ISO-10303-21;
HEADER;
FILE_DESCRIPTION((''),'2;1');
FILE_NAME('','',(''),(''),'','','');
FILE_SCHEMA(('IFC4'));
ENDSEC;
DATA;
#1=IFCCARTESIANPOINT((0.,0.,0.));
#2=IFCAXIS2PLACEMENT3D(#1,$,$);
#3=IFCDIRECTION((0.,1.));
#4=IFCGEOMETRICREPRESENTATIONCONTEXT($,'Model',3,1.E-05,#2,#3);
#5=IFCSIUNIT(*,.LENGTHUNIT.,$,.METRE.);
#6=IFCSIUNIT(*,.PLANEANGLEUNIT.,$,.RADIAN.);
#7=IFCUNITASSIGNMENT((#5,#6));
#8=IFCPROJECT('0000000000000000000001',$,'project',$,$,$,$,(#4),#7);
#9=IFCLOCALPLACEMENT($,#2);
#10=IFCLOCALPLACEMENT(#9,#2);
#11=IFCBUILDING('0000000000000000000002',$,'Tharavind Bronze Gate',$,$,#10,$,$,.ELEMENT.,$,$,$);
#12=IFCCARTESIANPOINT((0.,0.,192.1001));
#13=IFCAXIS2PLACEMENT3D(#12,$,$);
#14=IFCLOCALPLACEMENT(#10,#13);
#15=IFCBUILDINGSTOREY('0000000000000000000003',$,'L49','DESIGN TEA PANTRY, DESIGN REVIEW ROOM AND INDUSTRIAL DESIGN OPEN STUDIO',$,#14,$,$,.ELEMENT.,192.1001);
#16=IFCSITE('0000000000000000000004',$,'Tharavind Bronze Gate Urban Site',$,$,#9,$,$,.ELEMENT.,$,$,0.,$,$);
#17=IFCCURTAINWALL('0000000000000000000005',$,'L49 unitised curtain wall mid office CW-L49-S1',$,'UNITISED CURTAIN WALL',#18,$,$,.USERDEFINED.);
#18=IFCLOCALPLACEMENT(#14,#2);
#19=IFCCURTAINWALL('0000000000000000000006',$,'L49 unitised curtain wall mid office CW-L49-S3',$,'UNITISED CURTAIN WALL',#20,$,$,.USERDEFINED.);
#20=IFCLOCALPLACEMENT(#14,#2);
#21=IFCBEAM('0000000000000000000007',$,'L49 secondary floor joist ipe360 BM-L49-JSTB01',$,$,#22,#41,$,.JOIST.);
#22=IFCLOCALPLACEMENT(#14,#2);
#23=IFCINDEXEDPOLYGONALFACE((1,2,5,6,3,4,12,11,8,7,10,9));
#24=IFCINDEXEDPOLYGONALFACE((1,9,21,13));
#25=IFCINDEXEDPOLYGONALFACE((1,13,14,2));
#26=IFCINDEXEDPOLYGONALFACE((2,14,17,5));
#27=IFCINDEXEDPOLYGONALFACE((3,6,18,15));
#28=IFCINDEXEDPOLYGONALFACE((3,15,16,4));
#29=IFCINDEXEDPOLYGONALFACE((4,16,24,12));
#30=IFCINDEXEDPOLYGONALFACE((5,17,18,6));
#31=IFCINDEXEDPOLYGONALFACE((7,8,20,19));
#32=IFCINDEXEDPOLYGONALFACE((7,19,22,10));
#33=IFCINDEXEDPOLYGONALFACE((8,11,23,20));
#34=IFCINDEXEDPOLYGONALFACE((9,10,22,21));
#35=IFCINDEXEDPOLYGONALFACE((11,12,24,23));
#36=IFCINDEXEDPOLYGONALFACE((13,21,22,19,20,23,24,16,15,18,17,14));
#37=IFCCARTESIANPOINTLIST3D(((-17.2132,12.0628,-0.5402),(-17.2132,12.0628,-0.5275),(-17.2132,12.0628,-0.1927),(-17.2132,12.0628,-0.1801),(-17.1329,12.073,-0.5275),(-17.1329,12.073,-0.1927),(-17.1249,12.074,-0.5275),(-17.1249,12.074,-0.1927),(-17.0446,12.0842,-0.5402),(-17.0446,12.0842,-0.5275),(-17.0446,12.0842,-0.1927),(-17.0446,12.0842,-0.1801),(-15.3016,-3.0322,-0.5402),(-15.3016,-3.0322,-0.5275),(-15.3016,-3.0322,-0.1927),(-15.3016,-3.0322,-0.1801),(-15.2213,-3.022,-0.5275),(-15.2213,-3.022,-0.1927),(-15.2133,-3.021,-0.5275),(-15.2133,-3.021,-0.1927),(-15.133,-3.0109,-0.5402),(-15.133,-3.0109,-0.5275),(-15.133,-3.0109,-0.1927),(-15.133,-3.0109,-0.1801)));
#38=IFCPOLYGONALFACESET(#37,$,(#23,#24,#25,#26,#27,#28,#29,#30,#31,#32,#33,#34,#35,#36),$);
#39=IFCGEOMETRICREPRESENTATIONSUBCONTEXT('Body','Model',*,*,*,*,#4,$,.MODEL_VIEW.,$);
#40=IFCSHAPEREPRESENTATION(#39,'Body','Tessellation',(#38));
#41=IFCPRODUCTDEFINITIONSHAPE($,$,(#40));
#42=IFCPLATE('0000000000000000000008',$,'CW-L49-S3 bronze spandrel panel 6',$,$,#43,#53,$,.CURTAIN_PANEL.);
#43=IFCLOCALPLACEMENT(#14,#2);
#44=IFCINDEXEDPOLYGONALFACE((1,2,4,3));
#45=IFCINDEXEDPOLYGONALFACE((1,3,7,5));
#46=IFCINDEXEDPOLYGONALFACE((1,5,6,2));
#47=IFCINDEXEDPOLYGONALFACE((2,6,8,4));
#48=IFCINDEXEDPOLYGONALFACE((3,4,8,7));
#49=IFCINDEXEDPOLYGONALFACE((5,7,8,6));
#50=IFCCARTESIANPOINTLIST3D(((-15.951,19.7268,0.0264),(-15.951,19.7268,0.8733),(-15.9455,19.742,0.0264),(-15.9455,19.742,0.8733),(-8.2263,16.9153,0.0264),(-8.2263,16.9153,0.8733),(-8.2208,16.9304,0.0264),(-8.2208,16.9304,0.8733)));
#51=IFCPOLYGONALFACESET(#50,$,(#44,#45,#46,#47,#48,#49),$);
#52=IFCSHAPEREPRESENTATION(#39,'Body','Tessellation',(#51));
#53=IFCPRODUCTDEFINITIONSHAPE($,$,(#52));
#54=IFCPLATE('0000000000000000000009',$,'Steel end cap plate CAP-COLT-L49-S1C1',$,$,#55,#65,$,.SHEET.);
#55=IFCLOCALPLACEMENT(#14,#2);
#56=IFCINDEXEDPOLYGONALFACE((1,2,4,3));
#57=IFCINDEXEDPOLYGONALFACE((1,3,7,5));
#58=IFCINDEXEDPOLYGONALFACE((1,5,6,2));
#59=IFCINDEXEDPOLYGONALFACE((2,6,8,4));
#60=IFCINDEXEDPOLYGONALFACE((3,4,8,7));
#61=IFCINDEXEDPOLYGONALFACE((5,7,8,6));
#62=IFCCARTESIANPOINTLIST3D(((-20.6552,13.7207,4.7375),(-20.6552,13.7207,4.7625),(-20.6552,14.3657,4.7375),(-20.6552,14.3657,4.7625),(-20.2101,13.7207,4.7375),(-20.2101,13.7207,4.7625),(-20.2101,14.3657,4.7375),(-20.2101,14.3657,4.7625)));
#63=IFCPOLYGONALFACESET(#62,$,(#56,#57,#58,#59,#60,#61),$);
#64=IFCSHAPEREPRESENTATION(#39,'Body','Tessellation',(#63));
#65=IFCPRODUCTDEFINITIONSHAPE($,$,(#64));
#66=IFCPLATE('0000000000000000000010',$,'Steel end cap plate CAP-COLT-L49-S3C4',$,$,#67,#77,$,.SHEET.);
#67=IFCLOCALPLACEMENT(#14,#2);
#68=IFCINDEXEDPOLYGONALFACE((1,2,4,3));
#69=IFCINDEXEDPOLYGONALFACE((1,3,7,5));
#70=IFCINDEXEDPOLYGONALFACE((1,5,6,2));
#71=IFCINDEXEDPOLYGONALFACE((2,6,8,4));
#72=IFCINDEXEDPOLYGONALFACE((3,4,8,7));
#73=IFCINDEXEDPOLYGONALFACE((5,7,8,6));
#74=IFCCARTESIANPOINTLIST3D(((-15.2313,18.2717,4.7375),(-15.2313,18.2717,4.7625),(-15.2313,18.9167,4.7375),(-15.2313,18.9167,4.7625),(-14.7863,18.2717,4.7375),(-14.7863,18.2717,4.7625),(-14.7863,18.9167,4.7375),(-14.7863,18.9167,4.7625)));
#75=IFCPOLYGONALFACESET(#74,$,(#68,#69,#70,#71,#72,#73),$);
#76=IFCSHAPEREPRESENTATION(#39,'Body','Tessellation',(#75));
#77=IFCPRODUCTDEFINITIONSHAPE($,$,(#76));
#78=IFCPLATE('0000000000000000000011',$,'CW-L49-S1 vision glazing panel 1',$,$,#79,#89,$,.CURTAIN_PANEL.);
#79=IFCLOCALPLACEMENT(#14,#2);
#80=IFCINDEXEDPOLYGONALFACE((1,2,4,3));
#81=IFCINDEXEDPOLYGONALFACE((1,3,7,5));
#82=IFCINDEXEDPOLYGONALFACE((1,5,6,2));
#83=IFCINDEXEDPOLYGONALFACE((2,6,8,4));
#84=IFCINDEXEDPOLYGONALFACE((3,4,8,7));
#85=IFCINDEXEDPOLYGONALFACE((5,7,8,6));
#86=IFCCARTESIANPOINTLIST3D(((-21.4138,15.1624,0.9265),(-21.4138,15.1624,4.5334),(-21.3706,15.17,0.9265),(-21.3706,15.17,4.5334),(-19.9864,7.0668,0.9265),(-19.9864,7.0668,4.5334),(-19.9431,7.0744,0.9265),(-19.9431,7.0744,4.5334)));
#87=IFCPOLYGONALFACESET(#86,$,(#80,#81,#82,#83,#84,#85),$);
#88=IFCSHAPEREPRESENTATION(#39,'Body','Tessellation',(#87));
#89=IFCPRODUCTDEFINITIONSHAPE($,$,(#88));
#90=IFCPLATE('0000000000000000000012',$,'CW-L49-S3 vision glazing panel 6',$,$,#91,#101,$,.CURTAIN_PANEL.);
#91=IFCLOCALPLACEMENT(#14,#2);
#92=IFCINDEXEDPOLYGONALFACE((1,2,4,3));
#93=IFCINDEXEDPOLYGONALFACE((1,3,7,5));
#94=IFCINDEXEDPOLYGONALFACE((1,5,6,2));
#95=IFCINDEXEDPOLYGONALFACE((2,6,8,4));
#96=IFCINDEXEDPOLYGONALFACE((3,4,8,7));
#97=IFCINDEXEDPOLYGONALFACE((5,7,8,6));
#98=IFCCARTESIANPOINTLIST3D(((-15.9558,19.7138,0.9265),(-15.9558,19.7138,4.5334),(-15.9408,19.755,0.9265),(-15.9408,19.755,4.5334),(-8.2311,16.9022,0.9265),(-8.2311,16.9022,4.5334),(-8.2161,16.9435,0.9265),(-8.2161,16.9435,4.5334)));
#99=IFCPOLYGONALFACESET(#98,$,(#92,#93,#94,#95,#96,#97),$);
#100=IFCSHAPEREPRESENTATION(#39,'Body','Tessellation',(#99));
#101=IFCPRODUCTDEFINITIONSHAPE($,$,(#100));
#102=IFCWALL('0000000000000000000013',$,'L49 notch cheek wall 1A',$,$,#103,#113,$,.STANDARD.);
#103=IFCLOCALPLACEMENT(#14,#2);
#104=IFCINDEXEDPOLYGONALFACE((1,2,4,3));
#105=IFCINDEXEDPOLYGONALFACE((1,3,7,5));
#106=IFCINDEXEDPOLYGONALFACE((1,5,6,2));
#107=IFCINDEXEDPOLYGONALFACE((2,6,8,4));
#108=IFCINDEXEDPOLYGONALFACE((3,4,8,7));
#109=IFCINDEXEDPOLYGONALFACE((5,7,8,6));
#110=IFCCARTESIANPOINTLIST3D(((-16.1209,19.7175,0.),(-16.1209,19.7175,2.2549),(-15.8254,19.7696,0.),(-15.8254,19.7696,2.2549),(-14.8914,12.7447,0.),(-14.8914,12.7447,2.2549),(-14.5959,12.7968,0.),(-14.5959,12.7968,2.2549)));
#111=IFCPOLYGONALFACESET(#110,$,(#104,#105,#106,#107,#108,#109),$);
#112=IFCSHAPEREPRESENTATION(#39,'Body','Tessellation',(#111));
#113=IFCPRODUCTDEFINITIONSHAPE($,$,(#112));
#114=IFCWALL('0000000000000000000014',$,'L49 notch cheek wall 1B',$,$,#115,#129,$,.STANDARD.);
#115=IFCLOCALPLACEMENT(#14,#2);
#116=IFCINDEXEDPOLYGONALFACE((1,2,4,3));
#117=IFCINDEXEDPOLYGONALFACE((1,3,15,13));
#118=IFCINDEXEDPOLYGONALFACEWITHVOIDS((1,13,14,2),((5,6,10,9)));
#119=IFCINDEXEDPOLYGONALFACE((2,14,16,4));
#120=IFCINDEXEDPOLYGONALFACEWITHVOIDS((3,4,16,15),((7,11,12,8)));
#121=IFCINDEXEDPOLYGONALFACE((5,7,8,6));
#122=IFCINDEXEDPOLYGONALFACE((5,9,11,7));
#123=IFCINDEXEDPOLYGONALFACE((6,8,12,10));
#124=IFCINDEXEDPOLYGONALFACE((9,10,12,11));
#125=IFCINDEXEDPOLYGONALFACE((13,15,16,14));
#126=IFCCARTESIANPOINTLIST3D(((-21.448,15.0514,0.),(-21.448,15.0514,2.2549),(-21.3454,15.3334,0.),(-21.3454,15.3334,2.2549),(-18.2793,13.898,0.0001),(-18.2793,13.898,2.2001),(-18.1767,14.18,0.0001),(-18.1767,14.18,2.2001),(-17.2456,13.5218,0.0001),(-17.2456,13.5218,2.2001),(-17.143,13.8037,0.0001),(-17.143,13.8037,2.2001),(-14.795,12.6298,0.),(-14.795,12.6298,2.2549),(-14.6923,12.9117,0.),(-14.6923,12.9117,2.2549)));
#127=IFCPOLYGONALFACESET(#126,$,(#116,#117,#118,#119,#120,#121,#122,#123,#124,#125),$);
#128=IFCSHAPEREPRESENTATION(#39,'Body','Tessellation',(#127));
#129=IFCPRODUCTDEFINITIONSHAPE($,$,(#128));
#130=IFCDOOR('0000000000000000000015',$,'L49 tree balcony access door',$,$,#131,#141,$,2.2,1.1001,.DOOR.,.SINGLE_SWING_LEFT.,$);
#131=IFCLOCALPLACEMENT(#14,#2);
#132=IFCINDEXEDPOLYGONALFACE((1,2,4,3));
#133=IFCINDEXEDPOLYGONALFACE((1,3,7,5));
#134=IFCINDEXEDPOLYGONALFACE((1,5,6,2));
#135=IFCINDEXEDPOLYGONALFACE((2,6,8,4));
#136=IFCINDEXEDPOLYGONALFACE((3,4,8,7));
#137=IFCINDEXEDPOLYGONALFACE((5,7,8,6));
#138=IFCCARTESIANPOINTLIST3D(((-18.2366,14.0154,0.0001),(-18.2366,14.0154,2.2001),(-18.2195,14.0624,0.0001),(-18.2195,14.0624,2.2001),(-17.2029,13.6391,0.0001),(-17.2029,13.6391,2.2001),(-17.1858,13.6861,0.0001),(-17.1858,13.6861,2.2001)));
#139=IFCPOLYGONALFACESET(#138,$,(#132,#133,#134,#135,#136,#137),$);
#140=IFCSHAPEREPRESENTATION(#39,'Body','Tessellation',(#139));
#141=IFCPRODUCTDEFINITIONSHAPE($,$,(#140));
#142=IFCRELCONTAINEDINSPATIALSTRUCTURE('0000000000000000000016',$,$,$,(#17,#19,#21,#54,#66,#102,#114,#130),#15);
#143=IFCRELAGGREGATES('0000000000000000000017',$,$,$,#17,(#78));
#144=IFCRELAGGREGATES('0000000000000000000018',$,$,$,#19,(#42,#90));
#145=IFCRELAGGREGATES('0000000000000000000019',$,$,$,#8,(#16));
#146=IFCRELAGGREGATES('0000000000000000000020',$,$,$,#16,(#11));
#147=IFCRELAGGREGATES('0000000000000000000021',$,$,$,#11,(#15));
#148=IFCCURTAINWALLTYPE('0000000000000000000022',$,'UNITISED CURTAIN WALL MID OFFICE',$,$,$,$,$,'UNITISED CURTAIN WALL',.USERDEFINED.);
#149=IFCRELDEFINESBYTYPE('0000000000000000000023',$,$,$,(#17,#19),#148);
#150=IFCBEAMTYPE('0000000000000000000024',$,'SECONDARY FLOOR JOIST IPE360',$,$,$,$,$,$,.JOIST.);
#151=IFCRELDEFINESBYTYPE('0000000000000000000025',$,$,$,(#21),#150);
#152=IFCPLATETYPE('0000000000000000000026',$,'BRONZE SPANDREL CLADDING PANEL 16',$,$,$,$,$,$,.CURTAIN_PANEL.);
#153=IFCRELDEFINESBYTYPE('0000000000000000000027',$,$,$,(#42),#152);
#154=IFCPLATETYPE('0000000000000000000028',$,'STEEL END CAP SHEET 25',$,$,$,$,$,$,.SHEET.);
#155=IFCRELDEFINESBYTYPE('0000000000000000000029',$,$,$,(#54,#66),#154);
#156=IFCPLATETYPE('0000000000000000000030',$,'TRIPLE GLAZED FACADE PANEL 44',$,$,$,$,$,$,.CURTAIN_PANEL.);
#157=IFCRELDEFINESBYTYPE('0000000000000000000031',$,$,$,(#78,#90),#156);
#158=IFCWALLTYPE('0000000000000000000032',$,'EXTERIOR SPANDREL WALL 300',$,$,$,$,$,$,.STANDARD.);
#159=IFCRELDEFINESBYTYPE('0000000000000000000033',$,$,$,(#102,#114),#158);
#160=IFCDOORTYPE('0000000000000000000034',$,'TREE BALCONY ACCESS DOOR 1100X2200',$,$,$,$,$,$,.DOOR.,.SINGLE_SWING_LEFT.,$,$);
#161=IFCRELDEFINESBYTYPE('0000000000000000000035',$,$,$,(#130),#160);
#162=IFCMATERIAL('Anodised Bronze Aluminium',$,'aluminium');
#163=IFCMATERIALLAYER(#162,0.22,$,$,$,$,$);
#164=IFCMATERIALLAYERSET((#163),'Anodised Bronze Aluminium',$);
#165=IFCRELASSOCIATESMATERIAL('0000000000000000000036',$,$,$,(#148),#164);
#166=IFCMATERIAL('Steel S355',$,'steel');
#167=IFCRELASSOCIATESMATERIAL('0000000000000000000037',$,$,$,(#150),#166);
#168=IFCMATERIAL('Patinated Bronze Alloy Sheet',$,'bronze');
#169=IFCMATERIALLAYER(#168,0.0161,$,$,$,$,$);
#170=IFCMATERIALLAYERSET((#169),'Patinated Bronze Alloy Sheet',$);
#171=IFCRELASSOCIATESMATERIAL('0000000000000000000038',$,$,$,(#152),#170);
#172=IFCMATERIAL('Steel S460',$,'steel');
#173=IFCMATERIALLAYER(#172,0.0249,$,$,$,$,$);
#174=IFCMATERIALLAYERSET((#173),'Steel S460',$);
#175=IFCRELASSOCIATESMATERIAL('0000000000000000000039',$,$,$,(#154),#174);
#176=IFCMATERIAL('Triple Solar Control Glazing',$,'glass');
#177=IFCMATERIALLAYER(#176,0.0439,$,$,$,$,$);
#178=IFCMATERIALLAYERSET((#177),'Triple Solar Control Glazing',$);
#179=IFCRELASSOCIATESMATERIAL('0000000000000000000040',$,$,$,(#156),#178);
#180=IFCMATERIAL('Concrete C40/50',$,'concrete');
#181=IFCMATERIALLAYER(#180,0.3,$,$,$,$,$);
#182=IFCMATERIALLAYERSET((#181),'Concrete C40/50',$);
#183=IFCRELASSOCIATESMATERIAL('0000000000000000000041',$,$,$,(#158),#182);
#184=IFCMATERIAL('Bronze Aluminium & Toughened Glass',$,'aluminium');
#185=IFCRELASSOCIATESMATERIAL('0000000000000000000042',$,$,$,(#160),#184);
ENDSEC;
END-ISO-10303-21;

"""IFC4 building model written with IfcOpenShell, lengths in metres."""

from ifc_helpers import new_model, si_unit, direction, frame, frame_2d, origin, origin_2d, place, context, subcontext, project, spatial, rectangle, i_section, extrude, material, layer, layer_set, material_profile, profile_set, type_object, element, fill, aggregate, save


model = new_model("IFC4")

# Units and contexts
model_context = context("Model", 3, precision=1e-05, world=origin(), true_north=direction((0.0, 1.0)))
body_context = subcontext(model_context, "Body", "Model", "MODEL_VIEW")
ifc_project = project(units=[si_unit("LENGTHUNIT", "METRE"), si_unit("PLANEANGLEUNIT", "RADIAN")], contexts=[model_context])

# Site, building, storey
site_placement = place(None, origin())
site = spatial("IfcSite", under=ifc_project, at=site_placement, Name="Tharavind Bronze Gate Urban Site", CompositionType="ELEMENT", RefElevation=0.0)
building_placement = place(site_placement, origin())
building = spatial("IfcBuilding", under=site, at=building_placement, Name="Tharavind Bronze Gate", CompositionType="ELEMENT")
storey_placement = place(building_placement, frame((0.0, 0.0, 192.1001)))
storey = spatial("IfcBuildingStorey", under=building, at=storey_placement, Name="L49", Description="DESIGN TEA PANTRY, DESIGN REVIEW ROOM AND INDUSTRIAL DESIGN OPEN STUDIO", CompositionType="ELEMENT", Elevation=192.1001)

# Shared definitions
ifc_material_1 = material(Name="Steel S460", Category="steel")

# Curtain wall
ifc_material_2 = material(Name="Anodised Bronze Aluminium", Category="aluminium")
ifc_layer_1 = layer(ifc_material_2, 0.22)
ifc_layer_set_1 = layer_set([ifc_layer_1], Name="Anodised Bronze Aluminium")
curtain_wall_type = type_object("IfcCurtainWallType", Name="UNITISED CURTAIN WALL MID OFFICE", ElementType="UNITISED CURTAIN WALL", PredefinedType="USERDEFINED", material=ifc_layer_set_1)
curtain_wall_1_placement = place(storey_placement, origin())
curtain_wall_1 = element("IfcCurtainWall", 1, at=curtain_wall_1_placement, inside=storey, type_object=curtain_wall_type, Name="L49 unitised curtain wall mid office CW-L49-S1", ObjectType="UNITISED CURTAIN WALL", PredefinedType="USERDEFINED")

# Curtain wall
curtain_wall_2_placement = place(storey_placement, origin())
curtain_wall_2 = element("IfcCurtainWall", 2, at=curtain_wall_2_placement, inside=storey, type_object=curtain_wall_type, Name="L49 unitised curtain wall mid office CW-L49-S3", ObjectType="UNITISED CURTAIN WALL", PredefinedType="USERDEFINED")

# Beam
ifc_material_3 = material(Name="Steel S355", Category="steel")
ifc_material_profile_1 = material_profile(ifc_material_3, i_section(OverallWidth=0.1699, OverallDepth=0.3601, WebThickness=0.0081, FlangeThickness=0.0127, at=origin_2d()), Name="IPE360")
ifc_profile_set_1 = profile_set([ifc_material_profile_1], Name="Steel S355")
beam_type_1 = type_object("IfcBeamType", Name="SECONDARY FLOOR JOIST IPE360", PredefinedType="JOIST", material=ifc_profile_set_1)
beam_1_placement = place(storey_placement, frame((-17.1289, 12.0735, -0.3601), z_axis=(0.125636, -0.992076, 0.0), x_axis=(0.992076, 0.125636, 0.0)))
element("IfcBeam", 3, at=beam_1_placement, inside=storey, type_object=beam_type_1, Name="L49 secondary floor joist ipe360 BM-L49-JSTB01", PredefinedType="JOIST", context=body_context, shape_type="SweptSolid", body=[
    extrude(i_section(OverallWidth=0.1699, OverallDepth=0.3601, WebThickness=0.0081, FlangeThickness=0.0127, at=origin_2d()), origin(), (0.0, 0.0, 1.0), 15.2156),
])

# Plate
ifc_material_4 = material(Name="Patinated Bronze Alloy Sheet", Category="bronze")
ifc_layer_2 = layer(ifc_material_4, 0.0161)
ifc_layer_set_2 = layer_set([ifc_layer_2], Name="Patinated Bronze Alloy Sheet")
plate_type_1 = type_object("IfcPlateType", Name="BRONZE SPANDREL CLADDING PANEL 16", PredefinedType="CURTAIN_PANEL", material=ifc_layer_set_2)
plate_1_placement = place(storey_placement, frame((-12.0859, 18.3286, 0.0264), z_axis=(0.0, 0.0, 1.0), x_axis=(-0.939692, 0.342022, 0.0)))
plate_1 = element("IfcPlate", 4, at=plate_1_placement, type_object=plate_type_1, Name="CW-L49-S3 bronze spandrel panel 6", PredefinedType="CURTAIN_PANEL", context=body_context, shape_type="SweptSolid", body=[
    extrude(rectangle(XDim=8.2205, YDim=0.0161, at=origin_2d()), origin(), (0.0, 0.0, 1.0), 0.8469),
])

# Plates
ifc_layer_3 = layer(ifc_material_1, 0.0249)
ifc_layer_set_3 = layer_set([ifc_layer_3], Name="Steel S460")
plate_type_2 = type_object("IfcPlateType", Name="STEEL END CAP SHEET 25", PredefinedType="SHEET", material=ifc_layer_set_3)
for number, where, z_axis, x_axis, name in (
    (5, (-20.4326, 14.0432, 4.7375), (0.0, 0.0, 1.0), (1.0, 0.0, 0.0), "Steel end cap plate CAP-COLT-L49-S1C1"),
    (6, (-15.0088, 18.5942, 4.7375), (0.0, 0.0, 1.0), (1.0, 0.0, 0.0), "Steel end cap plate CAP-COLT-L49-S3C4"),
):
    element("IfcPlate", number, at=place(storey_placement, frame(where, z_axis=z_axis, x_axis=x_axis)), inside=storey, type_object=plate_type_2, Name=name, PredefinedType="SHEET", context=body_context, shape_type="SweptSolid", body=[
        extrude(rectangle(XDim=0.4451, YDim=0.645, at=origin_2d()), origin(), (0.0, 0.0, 1.0), 0.0249),
    ])

# Plates
ifc_material_5 = material(Name="Triple Solar Control Glazing", Category="glass")
ifc_layer_4 = layer(ifc_material_5, 0.0439)
ifc_layer_set_4 = layer_set([ifc_layer_4], Name="Triple Solar Control Glazing")
plate_type_3 = type_object("IfcPlateType", Name="TRIPLE GLAZED FACADE PANEL 44", PredefinedType="CURTAIN_PANEL", material=ifc_layer_set_4)
plate_2_placement = place(storey_placement, frame((-20.6785, 11.1184, 0.9265), z_axis=(0.0, 0.0, 1.0), x_axis=(0.173648, -0.984808, 0.0)))
plate_2 = element("IfcPlate", 7, at=plate_2_placement, type_object=plate_type_3, Name="CW-L49-S1 vision glazing panel 1", PredefinedType="CURTAIN_PANEL", context=body_context, shape_type="SweptSolid", body=[
    extrude(rectangle(XDim=8.2205, YDim=0.0439, at=origin_2d()), origin(), (0.0, 0.0, 1.0), 3.6069),
])
aggregate(curtain_wall_1, [plate_2])
plate_3_placement = place(storey_placement, frame((-12.0859, 18.3286, 0.9265), z_axis=(0.0, 0.0, 1.0), x_axis=(-0.939692, 0.342022, 0.0)))
plate_3 = element("IfcPlate", 8, at=plate_3_placement, type_object=plate_type_3, Name="CW-L49-S3 vision glazing panel 6", PredefinedType="CURTAIN_PANEL", context=body_context, shape_type="SweptSolid", body=[
    extrude(rectangle(XDim=8.2205, YDim=0.0439, at=origin_2d()), origin(), (0.0, 0.0, 1.0), 3.6069),
])
aggregate(curtain_wall_2, [plate_1, plate_3])

# Wall
ifc_material_6 = material(Name="Concrete C40/50", Category="concrete")
ifc_layer_5 = layer(ifc_material_6, 0.3)
ifc_layer_set_5 = layer_set([ifc_layer_5], Name="Concrete C40/50")
wall_type = type_object("IfcWallType", Name="EXTERIOR SPANDREL WALL 300", PredefinedType="STANDARD", material=ifc_layer_set_5)
wall_1_placement = place(storey_placement, frame((-15.9731, 19.7434, 0.0), z_axis=(0.0, 0.0, 1.0), x_axis=(0.173652, -0.984807, 0.0)))
element("IfcWall", 9, at=wall_1_placement, inside=storey, type_object=wall_type, Name="L49 notch cheek wall 1A", PredefinedType="STANDARD", context=body_context, shape_type="SweptSolid", body=[
    extrude(rectangle(XDim=7.0803, YDim=0.3, at=frame_2d((3.54, 0.0))), origin(), (0.0, 0.0, 1.0), 2.2549),
])

# Wall, opening, door
wall_2_placement = place(storey_placement, frame((-14.7437, 12.7708, 0.0), z_axis=(0.0, 0.0, 1.0), x_axis=(-0.939688, 0.342034, 0.0)))
wall_2 = element("IfcWall", 10, at=wall_2_placement, inside=storey, type_object=wall_type, Name="L49 notch cheek wall 1B", PredefinedType="STANDARD", context=body_context, shape_type="SweptSolid", body=[
    extrude(rectangle(XDim=7.0801, YDim=0.3, at=frame_2d((3.54, 0.0))), origin(), (0.0, 0.0, 1.0), 2.2549),
])
opening_placement = place(wall_2_placement, frame((2.6079, 0.0, 0.0)))
opening = element("IfcOpeningElement", 11, at=opening_placement, cuts=wall_2, PredefinedType="OPENING", context=body_context, shape_type="SweptSolid", body=[
    extrude(rectangle(XDim=1.1001, YDim=2.2, at=frame_2d((0.55, 1.1001))), frame((0.0, 0.1599, 0.0), z_axis=(0.0, -1.0, 0.0), x_axis=(1.0, 0.0, 0.0)), (0.0, 0.0, 1.0), 0.32),
])
ifc_material_7 = material(Name="Bronze Aluminium & Toughened Glass", Category="aluminium")
door_type = type_object("IfcDoorType", Name="TREE BALCONY ACCESS DOOR 1100X2200", OperationType="SINGLE_SWING_LEFT", PredefinedType="DOOR", material=ifc_material_7)
door_placement = place(opening_placement, frame((1.1001, 0.0, 0.0), z_axis=(0.0, 0.0, 1.0), x_axis=(-1.0, 0.0, 0.0)))
door = element("IfcDoor", 12, at=door_placement, inside=storey, type_object=door_type, Name="L49 tree balcony access door", OperationType="SINGLE_SWING_LEFT", OverallHeight=2.2, OverallWidth=1.1001, PredefinedType="DOOR", context=body_context, shape_type="SweptSolid", body=[
    extrude(rectangle(XDim=1.1001, YDim=2.2, at=frame_2d((0.55, 1.1001))), frame((0.0, 0.0249, 0.0), z_axis=(0.0, -1.0, 0.0), x_axis=(1.0, 0.0, 0.0)), (0.0, 0.0, 1.0), 0.05),
])
fill(opening, door)

save(model, "model.ifc")
